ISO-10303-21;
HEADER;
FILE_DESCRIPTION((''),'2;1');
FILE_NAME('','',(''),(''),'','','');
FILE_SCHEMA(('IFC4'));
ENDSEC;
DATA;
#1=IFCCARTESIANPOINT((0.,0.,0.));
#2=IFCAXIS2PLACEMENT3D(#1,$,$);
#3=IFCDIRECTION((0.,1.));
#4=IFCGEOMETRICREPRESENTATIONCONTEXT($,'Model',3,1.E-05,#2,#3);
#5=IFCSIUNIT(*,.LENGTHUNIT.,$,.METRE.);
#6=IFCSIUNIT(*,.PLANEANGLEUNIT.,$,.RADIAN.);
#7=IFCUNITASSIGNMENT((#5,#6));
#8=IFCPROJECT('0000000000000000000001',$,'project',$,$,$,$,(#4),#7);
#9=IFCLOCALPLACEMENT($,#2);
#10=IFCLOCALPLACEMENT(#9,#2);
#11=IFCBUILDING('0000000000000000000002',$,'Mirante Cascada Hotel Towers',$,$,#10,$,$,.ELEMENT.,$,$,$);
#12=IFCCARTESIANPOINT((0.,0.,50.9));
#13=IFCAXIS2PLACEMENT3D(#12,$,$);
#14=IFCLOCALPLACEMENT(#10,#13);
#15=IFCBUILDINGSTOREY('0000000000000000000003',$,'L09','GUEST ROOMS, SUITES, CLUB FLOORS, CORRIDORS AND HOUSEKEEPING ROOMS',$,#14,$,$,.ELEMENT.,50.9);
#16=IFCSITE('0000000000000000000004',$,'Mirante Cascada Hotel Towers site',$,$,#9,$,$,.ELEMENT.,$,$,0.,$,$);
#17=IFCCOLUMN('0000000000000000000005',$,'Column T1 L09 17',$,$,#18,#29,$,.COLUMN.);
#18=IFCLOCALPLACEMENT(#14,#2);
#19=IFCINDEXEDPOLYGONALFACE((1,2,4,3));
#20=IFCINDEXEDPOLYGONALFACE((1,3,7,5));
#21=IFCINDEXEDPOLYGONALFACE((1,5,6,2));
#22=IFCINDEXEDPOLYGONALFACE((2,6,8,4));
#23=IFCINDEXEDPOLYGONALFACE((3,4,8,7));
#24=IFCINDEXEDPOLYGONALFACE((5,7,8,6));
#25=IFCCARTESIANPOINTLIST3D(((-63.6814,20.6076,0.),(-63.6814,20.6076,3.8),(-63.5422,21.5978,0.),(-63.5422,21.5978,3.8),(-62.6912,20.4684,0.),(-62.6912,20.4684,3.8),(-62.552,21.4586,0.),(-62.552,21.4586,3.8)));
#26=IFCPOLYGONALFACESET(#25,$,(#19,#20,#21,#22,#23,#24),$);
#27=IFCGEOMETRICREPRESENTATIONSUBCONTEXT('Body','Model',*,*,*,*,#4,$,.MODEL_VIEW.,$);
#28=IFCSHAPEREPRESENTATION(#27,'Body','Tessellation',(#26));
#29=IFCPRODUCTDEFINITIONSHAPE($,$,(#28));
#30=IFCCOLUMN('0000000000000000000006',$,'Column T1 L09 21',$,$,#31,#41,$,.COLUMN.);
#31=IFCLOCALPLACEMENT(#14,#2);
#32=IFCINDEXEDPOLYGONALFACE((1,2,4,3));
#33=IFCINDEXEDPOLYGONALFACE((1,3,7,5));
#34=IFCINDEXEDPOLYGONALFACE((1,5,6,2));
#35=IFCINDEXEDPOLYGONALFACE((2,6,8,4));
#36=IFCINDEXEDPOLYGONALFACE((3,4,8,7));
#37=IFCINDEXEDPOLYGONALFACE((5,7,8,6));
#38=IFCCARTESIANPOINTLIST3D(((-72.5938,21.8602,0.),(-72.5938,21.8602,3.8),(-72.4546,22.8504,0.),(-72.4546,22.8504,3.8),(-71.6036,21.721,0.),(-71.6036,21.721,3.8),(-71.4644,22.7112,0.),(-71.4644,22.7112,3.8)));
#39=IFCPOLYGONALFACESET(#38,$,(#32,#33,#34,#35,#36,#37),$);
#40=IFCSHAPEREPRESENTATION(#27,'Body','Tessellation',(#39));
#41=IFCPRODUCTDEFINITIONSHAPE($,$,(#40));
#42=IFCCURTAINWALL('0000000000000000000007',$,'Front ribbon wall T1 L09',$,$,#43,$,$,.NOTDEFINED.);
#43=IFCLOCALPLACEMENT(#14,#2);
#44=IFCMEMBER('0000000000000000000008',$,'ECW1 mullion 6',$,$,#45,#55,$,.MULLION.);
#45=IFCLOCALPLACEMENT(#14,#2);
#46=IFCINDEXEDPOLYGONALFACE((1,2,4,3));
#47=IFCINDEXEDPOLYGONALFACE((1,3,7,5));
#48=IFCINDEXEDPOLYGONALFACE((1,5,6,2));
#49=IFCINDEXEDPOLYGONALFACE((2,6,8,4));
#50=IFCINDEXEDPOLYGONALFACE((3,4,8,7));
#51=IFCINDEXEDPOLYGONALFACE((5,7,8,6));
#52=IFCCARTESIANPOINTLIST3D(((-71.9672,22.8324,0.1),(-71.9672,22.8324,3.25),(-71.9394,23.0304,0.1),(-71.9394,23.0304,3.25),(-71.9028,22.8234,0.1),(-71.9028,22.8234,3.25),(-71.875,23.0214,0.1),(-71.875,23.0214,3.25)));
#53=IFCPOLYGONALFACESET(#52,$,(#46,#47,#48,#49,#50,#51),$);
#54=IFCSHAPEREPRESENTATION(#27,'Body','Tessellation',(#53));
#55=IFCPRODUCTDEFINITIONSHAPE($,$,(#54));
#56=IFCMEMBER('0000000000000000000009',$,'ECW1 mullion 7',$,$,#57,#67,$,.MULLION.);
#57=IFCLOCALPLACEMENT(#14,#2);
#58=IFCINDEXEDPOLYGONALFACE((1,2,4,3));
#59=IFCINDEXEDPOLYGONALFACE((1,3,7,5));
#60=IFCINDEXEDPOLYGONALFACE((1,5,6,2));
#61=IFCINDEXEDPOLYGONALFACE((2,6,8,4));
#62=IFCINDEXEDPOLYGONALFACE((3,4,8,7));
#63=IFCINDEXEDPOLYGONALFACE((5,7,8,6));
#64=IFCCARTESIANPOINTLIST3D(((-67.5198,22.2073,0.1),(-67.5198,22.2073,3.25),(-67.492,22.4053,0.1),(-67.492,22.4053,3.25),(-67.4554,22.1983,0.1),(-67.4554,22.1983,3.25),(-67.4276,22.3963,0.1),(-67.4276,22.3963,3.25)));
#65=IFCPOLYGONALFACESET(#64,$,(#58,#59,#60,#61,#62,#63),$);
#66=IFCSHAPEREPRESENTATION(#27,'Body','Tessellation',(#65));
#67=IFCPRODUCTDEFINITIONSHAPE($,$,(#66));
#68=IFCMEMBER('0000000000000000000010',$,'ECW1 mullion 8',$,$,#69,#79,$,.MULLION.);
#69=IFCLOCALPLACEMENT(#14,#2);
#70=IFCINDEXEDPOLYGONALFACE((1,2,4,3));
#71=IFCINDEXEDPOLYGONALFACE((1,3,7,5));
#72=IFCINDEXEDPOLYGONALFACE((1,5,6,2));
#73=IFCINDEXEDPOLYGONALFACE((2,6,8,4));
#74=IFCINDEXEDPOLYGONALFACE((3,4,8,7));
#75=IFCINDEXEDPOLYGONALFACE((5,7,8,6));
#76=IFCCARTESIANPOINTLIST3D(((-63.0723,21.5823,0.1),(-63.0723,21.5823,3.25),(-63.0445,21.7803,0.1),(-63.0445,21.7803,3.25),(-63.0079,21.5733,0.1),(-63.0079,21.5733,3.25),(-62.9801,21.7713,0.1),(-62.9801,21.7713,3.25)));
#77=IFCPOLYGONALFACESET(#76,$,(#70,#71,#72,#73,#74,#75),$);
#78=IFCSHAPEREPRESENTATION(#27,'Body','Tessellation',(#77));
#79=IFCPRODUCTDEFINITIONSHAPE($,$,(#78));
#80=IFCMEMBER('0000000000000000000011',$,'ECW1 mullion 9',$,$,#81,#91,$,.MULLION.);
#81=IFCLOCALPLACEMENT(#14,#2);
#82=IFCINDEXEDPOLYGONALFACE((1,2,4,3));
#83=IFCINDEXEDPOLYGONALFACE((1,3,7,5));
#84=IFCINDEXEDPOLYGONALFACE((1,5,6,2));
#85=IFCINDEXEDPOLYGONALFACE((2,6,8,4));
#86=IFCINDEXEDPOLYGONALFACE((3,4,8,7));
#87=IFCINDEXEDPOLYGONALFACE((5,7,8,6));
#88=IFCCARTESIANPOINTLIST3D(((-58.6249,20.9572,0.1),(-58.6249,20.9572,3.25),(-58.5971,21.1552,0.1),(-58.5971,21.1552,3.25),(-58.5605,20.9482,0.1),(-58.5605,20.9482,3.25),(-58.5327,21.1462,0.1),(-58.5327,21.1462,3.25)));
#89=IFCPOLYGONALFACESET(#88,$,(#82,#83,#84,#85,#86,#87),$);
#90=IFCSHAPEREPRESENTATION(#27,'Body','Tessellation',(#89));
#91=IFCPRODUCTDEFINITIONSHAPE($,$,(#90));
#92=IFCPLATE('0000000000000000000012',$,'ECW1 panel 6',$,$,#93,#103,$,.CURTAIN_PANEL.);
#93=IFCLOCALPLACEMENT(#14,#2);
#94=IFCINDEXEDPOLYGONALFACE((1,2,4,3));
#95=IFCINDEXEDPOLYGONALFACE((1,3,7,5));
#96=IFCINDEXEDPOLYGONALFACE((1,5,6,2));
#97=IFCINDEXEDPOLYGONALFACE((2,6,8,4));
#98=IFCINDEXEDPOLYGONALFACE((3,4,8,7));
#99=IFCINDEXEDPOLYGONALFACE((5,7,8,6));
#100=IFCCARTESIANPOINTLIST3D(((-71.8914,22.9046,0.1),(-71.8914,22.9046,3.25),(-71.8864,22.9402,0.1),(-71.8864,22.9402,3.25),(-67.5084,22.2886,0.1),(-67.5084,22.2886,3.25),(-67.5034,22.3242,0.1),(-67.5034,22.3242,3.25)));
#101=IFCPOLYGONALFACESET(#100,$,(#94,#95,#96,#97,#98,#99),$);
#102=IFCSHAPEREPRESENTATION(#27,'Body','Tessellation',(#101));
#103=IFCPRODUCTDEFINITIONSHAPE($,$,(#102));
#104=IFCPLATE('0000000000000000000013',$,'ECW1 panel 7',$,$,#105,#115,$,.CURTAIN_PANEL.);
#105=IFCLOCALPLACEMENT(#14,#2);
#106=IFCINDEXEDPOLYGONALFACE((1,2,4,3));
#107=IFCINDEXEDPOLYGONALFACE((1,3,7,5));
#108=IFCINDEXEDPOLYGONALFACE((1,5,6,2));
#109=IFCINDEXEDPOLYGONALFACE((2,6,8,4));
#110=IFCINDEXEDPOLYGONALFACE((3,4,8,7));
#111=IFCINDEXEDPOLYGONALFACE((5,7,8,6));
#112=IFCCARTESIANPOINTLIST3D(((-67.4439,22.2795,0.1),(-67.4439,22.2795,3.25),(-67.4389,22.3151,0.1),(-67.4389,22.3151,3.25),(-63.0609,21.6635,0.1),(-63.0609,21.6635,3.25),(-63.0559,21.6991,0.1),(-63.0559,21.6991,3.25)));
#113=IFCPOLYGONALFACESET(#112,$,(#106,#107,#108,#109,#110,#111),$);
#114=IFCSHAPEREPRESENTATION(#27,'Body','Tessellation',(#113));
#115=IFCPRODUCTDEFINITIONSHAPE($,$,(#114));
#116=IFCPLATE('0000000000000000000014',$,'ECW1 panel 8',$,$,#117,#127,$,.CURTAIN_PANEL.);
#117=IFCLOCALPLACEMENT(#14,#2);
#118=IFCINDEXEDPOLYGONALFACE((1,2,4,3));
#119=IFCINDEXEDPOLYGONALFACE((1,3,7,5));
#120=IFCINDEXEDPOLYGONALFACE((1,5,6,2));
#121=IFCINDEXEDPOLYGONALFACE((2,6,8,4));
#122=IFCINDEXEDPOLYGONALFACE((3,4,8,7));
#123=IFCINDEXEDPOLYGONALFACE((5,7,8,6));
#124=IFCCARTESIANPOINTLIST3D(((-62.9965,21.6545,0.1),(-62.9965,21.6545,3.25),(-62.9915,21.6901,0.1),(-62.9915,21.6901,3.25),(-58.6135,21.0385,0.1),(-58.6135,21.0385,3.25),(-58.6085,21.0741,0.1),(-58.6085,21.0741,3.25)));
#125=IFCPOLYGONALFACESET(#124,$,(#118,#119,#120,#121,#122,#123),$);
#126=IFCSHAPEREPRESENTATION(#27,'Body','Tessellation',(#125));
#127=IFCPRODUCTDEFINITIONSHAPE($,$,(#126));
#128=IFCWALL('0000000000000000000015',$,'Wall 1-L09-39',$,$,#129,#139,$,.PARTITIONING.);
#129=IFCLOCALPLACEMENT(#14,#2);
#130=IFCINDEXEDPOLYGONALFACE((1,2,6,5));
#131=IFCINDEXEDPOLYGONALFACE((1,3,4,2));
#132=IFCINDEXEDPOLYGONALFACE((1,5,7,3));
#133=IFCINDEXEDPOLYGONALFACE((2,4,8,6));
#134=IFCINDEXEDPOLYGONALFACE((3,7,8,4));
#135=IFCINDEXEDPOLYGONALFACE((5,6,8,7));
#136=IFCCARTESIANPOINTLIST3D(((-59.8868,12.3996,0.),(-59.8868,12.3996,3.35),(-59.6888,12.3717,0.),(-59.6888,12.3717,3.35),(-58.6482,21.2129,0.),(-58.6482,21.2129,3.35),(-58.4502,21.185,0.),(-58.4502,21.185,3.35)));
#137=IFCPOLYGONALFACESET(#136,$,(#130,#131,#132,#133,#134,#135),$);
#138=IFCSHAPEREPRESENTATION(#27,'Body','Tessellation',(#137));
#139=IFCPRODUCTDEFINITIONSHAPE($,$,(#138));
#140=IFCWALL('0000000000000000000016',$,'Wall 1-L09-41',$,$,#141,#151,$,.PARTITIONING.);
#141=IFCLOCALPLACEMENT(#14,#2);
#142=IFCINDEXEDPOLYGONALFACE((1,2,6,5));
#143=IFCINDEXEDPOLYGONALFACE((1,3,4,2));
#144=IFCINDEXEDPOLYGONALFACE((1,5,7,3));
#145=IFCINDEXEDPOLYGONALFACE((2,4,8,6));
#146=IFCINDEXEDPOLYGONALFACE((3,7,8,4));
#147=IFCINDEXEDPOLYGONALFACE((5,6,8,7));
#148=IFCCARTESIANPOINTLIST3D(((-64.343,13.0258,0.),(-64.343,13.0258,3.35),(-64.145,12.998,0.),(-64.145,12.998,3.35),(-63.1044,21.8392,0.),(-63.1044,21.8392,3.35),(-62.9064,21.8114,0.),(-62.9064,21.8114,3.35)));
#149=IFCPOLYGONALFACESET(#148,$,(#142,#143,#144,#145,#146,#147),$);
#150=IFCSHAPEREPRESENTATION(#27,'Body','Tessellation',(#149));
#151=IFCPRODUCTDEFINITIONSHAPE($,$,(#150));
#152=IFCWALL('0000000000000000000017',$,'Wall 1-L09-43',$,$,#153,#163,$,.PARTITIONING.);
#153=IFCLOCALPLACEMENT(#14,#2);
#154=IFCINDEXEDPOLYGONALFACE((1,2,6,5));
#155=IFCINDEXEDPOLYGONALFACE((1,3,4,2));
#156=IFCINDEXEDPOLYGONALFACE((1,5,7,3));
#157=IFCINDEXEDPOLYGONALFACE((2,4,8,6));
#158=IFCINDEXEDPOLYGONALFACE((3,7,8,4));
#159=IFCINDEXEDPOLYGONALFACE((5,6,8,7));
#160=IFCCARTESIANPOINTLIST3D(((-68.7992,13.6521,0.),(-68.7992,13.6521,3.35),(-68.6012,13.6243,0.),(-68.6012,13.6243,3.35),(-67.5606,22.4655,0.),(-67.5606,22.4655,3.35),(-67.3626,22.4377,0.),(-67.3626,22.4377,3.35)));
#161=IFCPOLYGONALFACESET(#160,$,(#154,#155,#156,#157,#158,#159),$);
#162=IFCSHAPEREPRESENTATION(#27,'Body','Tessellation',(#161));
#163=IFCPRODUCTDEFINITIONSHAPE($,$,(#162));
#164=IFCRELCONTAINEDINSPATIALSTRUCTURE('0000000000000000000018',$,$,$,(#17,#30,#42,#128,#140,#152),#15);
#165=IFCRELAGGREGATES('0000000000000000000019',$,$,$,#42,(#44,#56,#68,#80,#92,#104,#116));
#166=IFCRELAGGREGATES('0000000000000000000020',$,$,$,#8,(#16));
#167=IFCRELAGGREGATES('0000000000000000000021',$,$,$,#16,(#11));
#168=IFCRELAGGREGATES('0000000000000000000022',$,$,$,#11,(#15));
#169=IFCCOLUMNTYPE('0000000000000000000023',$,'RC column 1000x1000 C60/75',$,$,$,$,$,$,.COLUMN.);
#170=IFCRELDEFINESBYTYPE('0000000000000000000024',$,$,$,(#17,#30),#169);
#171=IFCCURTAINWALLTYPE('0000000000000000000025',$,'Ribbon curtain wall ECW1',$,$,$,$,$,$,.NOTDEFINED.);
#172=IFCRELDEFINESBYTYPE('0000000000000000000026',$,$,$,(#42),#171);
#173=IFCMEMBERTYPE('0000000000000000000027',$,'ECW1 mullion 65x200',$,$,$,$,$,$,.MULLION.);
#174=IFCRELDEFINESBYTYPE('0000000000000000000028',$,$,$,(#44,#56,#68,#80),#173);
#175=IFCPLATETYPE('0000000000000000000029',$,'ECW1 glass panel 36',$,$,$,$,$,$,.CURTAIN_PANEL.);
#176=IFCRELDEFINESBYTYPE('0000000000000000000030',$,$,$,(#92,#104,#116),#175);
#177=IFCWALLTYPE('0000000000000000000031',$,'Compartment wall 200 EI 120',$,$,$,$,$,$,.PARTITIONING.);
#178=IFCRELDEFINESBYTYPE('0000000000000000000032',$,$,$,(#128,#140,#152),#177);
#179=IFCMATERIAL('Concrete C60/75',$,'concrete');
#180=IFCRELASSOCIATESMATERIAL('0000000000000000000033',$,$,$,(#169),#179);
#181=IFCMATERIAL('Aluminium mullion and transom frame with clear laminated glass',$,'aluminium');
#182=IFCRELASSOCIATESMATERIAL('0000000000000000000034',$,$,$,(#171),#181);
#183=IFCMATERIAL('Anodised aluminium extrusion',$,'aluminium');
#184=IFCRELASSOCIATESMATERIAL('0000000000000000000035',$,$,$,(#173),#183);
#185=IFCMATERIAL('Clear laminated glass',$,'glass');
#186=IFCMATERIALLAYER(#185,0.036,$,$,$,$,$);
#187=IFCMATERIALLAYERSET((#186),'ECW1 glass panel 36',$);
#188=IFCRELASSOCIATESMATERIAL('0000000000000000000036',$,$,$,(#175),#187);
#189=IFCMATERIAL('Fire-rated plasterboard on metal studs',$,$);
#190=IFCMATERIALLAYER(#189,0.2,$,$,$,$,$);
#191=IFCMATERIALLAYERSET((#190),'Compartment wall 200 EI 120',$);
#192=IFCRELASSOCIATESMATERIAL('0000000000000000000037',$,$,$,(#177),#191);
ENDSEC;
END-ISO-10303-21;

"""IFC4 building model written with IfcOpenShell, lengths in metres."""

from ifc_helpers import new_model, si_unit, direction, frame, frame_2d, origin, origin_2d, place, context, subcontext, project, spatial, rectangle, extrude, material, layer, layer_set, material_profile, profile_set, type_object, element, aggregate, save


model = new_model("IFC4")

# Units and contexts
model_context = context("Model", 3, precision=1e-05, world=origin(), true_north=direction((0.0, 1.0)))
body_context = subcontext(model_context, "Body", "Model", "MODEL_VIEW")
ifc_project = project(units=[si_unit("LENGTHUNIT", "METRE"), si_unit("PLANEANGLEUNIT", "RADIAN")], contexts=[model_context])

# Site, building, storey
site_placement = place(None, origin())
site = spatial("IfcSite", under=ifc_project, at=site_placement, Name="Mirante Cascada Hotel Towers site", CompositionType="ELEMENT", RefElevation=0.0)
building_placement = place(site_placement, origin())
building = spatial("IfcBuilding", under=site, at=building_placement, Name="Mirante Cascada Hotel Towers", CompositionType="ELEMENT")
storey_placement = place(building_placement, frame((0.0, 0.0, 50.9)))
storey = spatial("IfcBuildingStorey", under=building, at=storey_placement, Name="L09", Description="GUEST ROOMS, SUITES, CLUB FLOORS, CORRIDORS AND HOUSEKEEPING ROOMS", CompositionType="ELEMENT", Elevation=50.9)

# Columns
ifc_material_1 = material(Name="Concrete C60/75", Category="concrete")
ifc_material_profile_1 = material_profile(ifc_material_1, rectangle(XDim=1.0, YDim=1.0, at=origin_2d()), Name="RC column 1000x1000 C60/75")
ifc_profile_set_1 = profile_set([ifc_material_profile_1], Name="Concrete C60/75")
column_type = type_object("IfcColumnType", Name="RC column 1000x1000 C60/75", PredefinedType="COLUMN", material=ifc_profile_set_1)
for number, where, z_axis, x_axis, name in (
    (1, (-63.1167, 21.0331, 0.0), (0.0, 0.0, 1.0), (-0.990268, 0.139173, 0.0), "Column T1 L09 17"),
    (2, (-72.0291, 22.2857, 0.0), (0.0, 0.0, 1.0), (-0.990268, 0.139173, 0.0), "Column T1 L09 21"),
):
    element("IfcColumn", number, at=place(storey_placement, frame(where, z_axis=z_axis, x_axis=x_axis)), inside=storey, type_object=column_type, Name=name, PredefinedType="COLUMN", context=body_context, shape_type="SweptSolid", body=[
        extrude(rectangle(XDim=1.0, YDim=1.0, at=origin_2d()), origin(), (0.0, 0.0, 1.0), 3.8),
    ])

# Curtain wall, members, plates
ifc_material_2 = material(Name="Aluminium mullion and transom frame with clear laminated glass", Category="aluminium")
curtain_wall_type = type_object("IfcCurtainWallType", Name="Ribbon curtain wall ECW1", PredefinedType="NOTDEFINED", material=ifc_material_2)
curtain_wall_placement = place(storey_placement, origin())
curtain_wall = element("IfcCurtainWall", 3, at=curtain_wall_placement, inside=storey, type_object=curtain_wall_type, Name="Front ribbon wall T1 L09", PredefinedType="NOTDEFINED")
ifc_material_3 = material(Name="Anodised aluminium extrusion", Category="aluminium")
ifc_material_profile_2 = material_profile(ifc_material_3, rectangle(XDim=0.2, YDim=0.065, at=origin_2d()), Name="ECW1 MULLION 65x200")
ifc_profile_set_2 = profile_set([ifc_material_profile_2], Name="Anodised aluminium extrusion")
member_type = type_object("IfcMemberType", Name="ECW1 mullion 65x200", PredefinedType="MULLION", material=ifc_profile_set_2)
member_1_placement = place(storey_placement, frame((-71.9211, 22.9269, 0.1), z_axis=(0.0, 0.0, 1.0), x_axis=(0.139173, 0.990268, 0.0)))
member_1 = element("IfcMember", 4, at=member_1_placement, type_object=member_type, Name="ECW1 mullion 6", PredefinedType="MULLION", context=body_context, shape_type="SweptSolid", body=[
    extrude(rectangle(XDim=0.2, YDim=0.065, at=origin_2d()), origin(), (0.0, 0.0, 1.0), 3.15),
])
member_2_placement = place(storey_placement, frame((-67.4737, 22.3018, 0.1), z_axis=(0.0, 0.0, 1.0), x_axis=(0.139173, 0.990268, 0.0)))
member_2 = element("IfcMember", 5, at=member_2_placement, type_object=member_type, Name="ECW1 mullion 7", PredefinedType="MULLION", context=body_context, shape_type="SweptSolid", body=[
    extrude(rectangle(XDim=0.2, YDim=0.065, at=origin_2d()), origin(), (0.0, 0.0, 1.0), 3.15),
])
member_3_placement = place(storey_placement, frame((-63.0262, 21.6768, 0.1), z_axis=(0.0, 0.0, 1.0), x_axis=(0.139173, 0.990268, 0.0)))
member_3 = element("IfcMember", 6, at=member_3_placement, type_object=member_type, Name="ECW1 mullion 8", PredefinedType="MULLION", context=body_context, shape_type="SweptSolid", body=[
    extrude(rectangle(XDim=0.2, YDim=0.065, at=origin_2d()), origin(), (0.0, 0.0, 1.0), 3.15),
])
member_4_placement = place(storey_placement, frame((-58.5788, 21.0517, 0.1), z_axis=(0.0, 0.0, 1.0), x_axis=(0.139173, 0.990268, 0.0)))
member_4 = element("IfcMember", 7, at=member_4_placement, type_object=member_type, Name="ECW1 mullion 9", PredefinedType="MULLION", context=body_context, shape_type="SweptSolid", body=[
    extrude(rectangle(XDim=0.2, YDim=0.065, at=origin_2d()), origin(), (0.0, 0.0, 1.0), 3.15),
])
ifc_material_4 = material(Name="Clear laminated glass", Category="glass")
ifc_layer_1 = layer(ifc_material_4, 0.036)
ifc_layer_set_1 = layer_set([ifc_layer_1], Name="ECW1 glass panel 36")
plate_type = type_object("IfcPlateType", Name="ECW1 glass panel 36", PredefinedType="CURTAIN_PANEL", material=ifc_layer_set_1)
plate_1_placement = place(storey_placement, frame((-69.6974, 22.6144, 0.1), z_axis=(0.0, 0.0, 1.0), x_axis=(0.990268, -0.139173, 0.0)))
plate_1 = element("IfcPlate", 8, at=plate_1_placement, type_object=plate_type, Name="ECW1 panel 6", PredefinedType="CURTAIN_PANEL", context=body_context, shape_type="SweptSolid", body=[
    extrude(rectangle(XDim=4.4261, YDim=0.036, at=origin_2d()), origin(), (0.0, 0.0, 1.0), 3.15),
])
plate_2_placement = place(storey_placement, frame((-65.2499, 21.9893, 0.1), z_axis=(0.0, 0.0, 1.0), x_axis=(0.990268, -0.139173, 0.0)))
plate_2 = element("IfcPlate", 9, at=plate_2_placement, type_object=plate_type, Name="ECW1 panel 7", PredefinedType="CURTAIN_PANEL", context=body_context, shape_type="SweptSolid", body=[
    extrude(rectangle(XDim=4.4261, YDim=0.036, at=origin_2d()), origin(), (0.0, 0.0, 1.0), 3.15),
])
plate_3_placement = place(storey_placement, frame((-60.8025, 21.3643, 0.1), z_axis=(0.0, 0.0, 1.0), x_axis=(0.990268, -0.139173, 0.0)))
plate_3 = element("IfcPlate", 10, at=plate_3_placement, type_object=plate_type, Name="ECW1 panel 8", PredefinedType="CURTAIN_PANEL", context=body_context, shape_type="SweptSolid", body=[
    extrude(rectangle(XDim=4.4261, YDim=0.036, at=origin_2d()), origin(), (0.0, 0.0, 1.0), 3.15),
])
aggregate(curtain_wall, [member_1, member_2, member_3, member_4, plate_1, plate_2, plate_3])

# Walls
ifc_material_5 = material(Name="Fire-rated plasterboard on metal studs")
ifc_layer_2 = layer(ifc_material_5, 0.2)
ifc_layer_set_2 = layer_set([ifc_layer_2], Name="Compartment wall 200 EI 120")
wall_type_1 = type_object("IfcWallType", Name="Compartment wall 200 EI 120", PredefinedType="PARTITIONING", material=ifc_layer_set_2)
wall_1_placement = place(storey_placement, frame((-58.5492, 21.199, 0.0), z_axis=(0.0, 0.0, 1.0), x_axis=(-0.13917, -0.990268, 0.0)))
element("IfcWall", 11, at=wall_1_placement, inside=storey, type_object=wall_type_1, Name="Wall 1-L09-39", PredefinedType="PARTITIONING", context=body_context, shape_type="SweptSolid", body=[
    extrude(rectangle(XDim=8.8999, YDim=0.2, at=frame_2d((4.45, 0.0))), origin(), (0.0, 0.0, 1.0), 3.35),
])
for number, where, z_axis, x_axis, name in (
    (12, (-63.0054, 21.8253, 0.0), (0.0, 0.0, 1.0), (-0.139168, -0.990269, 0.0), "Wall 1-L09-41"),
    (13, (-67.4616, 22.4516, 0.0), (0.0, 0.0, 1.0), (-0.139168, -0.990269, 0.0), "Wall 1-L09-43"),
):
    element("IfcWall", number, at=place(storey_placement, frame(where, z_axis=z_axis, x_axis=x_axis)), inside=storey, type_object=wall_type_1, Name=name, PredefinedType="PARTITIONING", context=body_context, shape_type="SweptSolid", body=[
        extrude(rectangle(XDim=8.9, YDim=0.2, at=frame_2d((4.45, 0.0))), origin(), (0.0, 0.0, 1.0), 3.35),
    ])

save(model, "model.ifc")
